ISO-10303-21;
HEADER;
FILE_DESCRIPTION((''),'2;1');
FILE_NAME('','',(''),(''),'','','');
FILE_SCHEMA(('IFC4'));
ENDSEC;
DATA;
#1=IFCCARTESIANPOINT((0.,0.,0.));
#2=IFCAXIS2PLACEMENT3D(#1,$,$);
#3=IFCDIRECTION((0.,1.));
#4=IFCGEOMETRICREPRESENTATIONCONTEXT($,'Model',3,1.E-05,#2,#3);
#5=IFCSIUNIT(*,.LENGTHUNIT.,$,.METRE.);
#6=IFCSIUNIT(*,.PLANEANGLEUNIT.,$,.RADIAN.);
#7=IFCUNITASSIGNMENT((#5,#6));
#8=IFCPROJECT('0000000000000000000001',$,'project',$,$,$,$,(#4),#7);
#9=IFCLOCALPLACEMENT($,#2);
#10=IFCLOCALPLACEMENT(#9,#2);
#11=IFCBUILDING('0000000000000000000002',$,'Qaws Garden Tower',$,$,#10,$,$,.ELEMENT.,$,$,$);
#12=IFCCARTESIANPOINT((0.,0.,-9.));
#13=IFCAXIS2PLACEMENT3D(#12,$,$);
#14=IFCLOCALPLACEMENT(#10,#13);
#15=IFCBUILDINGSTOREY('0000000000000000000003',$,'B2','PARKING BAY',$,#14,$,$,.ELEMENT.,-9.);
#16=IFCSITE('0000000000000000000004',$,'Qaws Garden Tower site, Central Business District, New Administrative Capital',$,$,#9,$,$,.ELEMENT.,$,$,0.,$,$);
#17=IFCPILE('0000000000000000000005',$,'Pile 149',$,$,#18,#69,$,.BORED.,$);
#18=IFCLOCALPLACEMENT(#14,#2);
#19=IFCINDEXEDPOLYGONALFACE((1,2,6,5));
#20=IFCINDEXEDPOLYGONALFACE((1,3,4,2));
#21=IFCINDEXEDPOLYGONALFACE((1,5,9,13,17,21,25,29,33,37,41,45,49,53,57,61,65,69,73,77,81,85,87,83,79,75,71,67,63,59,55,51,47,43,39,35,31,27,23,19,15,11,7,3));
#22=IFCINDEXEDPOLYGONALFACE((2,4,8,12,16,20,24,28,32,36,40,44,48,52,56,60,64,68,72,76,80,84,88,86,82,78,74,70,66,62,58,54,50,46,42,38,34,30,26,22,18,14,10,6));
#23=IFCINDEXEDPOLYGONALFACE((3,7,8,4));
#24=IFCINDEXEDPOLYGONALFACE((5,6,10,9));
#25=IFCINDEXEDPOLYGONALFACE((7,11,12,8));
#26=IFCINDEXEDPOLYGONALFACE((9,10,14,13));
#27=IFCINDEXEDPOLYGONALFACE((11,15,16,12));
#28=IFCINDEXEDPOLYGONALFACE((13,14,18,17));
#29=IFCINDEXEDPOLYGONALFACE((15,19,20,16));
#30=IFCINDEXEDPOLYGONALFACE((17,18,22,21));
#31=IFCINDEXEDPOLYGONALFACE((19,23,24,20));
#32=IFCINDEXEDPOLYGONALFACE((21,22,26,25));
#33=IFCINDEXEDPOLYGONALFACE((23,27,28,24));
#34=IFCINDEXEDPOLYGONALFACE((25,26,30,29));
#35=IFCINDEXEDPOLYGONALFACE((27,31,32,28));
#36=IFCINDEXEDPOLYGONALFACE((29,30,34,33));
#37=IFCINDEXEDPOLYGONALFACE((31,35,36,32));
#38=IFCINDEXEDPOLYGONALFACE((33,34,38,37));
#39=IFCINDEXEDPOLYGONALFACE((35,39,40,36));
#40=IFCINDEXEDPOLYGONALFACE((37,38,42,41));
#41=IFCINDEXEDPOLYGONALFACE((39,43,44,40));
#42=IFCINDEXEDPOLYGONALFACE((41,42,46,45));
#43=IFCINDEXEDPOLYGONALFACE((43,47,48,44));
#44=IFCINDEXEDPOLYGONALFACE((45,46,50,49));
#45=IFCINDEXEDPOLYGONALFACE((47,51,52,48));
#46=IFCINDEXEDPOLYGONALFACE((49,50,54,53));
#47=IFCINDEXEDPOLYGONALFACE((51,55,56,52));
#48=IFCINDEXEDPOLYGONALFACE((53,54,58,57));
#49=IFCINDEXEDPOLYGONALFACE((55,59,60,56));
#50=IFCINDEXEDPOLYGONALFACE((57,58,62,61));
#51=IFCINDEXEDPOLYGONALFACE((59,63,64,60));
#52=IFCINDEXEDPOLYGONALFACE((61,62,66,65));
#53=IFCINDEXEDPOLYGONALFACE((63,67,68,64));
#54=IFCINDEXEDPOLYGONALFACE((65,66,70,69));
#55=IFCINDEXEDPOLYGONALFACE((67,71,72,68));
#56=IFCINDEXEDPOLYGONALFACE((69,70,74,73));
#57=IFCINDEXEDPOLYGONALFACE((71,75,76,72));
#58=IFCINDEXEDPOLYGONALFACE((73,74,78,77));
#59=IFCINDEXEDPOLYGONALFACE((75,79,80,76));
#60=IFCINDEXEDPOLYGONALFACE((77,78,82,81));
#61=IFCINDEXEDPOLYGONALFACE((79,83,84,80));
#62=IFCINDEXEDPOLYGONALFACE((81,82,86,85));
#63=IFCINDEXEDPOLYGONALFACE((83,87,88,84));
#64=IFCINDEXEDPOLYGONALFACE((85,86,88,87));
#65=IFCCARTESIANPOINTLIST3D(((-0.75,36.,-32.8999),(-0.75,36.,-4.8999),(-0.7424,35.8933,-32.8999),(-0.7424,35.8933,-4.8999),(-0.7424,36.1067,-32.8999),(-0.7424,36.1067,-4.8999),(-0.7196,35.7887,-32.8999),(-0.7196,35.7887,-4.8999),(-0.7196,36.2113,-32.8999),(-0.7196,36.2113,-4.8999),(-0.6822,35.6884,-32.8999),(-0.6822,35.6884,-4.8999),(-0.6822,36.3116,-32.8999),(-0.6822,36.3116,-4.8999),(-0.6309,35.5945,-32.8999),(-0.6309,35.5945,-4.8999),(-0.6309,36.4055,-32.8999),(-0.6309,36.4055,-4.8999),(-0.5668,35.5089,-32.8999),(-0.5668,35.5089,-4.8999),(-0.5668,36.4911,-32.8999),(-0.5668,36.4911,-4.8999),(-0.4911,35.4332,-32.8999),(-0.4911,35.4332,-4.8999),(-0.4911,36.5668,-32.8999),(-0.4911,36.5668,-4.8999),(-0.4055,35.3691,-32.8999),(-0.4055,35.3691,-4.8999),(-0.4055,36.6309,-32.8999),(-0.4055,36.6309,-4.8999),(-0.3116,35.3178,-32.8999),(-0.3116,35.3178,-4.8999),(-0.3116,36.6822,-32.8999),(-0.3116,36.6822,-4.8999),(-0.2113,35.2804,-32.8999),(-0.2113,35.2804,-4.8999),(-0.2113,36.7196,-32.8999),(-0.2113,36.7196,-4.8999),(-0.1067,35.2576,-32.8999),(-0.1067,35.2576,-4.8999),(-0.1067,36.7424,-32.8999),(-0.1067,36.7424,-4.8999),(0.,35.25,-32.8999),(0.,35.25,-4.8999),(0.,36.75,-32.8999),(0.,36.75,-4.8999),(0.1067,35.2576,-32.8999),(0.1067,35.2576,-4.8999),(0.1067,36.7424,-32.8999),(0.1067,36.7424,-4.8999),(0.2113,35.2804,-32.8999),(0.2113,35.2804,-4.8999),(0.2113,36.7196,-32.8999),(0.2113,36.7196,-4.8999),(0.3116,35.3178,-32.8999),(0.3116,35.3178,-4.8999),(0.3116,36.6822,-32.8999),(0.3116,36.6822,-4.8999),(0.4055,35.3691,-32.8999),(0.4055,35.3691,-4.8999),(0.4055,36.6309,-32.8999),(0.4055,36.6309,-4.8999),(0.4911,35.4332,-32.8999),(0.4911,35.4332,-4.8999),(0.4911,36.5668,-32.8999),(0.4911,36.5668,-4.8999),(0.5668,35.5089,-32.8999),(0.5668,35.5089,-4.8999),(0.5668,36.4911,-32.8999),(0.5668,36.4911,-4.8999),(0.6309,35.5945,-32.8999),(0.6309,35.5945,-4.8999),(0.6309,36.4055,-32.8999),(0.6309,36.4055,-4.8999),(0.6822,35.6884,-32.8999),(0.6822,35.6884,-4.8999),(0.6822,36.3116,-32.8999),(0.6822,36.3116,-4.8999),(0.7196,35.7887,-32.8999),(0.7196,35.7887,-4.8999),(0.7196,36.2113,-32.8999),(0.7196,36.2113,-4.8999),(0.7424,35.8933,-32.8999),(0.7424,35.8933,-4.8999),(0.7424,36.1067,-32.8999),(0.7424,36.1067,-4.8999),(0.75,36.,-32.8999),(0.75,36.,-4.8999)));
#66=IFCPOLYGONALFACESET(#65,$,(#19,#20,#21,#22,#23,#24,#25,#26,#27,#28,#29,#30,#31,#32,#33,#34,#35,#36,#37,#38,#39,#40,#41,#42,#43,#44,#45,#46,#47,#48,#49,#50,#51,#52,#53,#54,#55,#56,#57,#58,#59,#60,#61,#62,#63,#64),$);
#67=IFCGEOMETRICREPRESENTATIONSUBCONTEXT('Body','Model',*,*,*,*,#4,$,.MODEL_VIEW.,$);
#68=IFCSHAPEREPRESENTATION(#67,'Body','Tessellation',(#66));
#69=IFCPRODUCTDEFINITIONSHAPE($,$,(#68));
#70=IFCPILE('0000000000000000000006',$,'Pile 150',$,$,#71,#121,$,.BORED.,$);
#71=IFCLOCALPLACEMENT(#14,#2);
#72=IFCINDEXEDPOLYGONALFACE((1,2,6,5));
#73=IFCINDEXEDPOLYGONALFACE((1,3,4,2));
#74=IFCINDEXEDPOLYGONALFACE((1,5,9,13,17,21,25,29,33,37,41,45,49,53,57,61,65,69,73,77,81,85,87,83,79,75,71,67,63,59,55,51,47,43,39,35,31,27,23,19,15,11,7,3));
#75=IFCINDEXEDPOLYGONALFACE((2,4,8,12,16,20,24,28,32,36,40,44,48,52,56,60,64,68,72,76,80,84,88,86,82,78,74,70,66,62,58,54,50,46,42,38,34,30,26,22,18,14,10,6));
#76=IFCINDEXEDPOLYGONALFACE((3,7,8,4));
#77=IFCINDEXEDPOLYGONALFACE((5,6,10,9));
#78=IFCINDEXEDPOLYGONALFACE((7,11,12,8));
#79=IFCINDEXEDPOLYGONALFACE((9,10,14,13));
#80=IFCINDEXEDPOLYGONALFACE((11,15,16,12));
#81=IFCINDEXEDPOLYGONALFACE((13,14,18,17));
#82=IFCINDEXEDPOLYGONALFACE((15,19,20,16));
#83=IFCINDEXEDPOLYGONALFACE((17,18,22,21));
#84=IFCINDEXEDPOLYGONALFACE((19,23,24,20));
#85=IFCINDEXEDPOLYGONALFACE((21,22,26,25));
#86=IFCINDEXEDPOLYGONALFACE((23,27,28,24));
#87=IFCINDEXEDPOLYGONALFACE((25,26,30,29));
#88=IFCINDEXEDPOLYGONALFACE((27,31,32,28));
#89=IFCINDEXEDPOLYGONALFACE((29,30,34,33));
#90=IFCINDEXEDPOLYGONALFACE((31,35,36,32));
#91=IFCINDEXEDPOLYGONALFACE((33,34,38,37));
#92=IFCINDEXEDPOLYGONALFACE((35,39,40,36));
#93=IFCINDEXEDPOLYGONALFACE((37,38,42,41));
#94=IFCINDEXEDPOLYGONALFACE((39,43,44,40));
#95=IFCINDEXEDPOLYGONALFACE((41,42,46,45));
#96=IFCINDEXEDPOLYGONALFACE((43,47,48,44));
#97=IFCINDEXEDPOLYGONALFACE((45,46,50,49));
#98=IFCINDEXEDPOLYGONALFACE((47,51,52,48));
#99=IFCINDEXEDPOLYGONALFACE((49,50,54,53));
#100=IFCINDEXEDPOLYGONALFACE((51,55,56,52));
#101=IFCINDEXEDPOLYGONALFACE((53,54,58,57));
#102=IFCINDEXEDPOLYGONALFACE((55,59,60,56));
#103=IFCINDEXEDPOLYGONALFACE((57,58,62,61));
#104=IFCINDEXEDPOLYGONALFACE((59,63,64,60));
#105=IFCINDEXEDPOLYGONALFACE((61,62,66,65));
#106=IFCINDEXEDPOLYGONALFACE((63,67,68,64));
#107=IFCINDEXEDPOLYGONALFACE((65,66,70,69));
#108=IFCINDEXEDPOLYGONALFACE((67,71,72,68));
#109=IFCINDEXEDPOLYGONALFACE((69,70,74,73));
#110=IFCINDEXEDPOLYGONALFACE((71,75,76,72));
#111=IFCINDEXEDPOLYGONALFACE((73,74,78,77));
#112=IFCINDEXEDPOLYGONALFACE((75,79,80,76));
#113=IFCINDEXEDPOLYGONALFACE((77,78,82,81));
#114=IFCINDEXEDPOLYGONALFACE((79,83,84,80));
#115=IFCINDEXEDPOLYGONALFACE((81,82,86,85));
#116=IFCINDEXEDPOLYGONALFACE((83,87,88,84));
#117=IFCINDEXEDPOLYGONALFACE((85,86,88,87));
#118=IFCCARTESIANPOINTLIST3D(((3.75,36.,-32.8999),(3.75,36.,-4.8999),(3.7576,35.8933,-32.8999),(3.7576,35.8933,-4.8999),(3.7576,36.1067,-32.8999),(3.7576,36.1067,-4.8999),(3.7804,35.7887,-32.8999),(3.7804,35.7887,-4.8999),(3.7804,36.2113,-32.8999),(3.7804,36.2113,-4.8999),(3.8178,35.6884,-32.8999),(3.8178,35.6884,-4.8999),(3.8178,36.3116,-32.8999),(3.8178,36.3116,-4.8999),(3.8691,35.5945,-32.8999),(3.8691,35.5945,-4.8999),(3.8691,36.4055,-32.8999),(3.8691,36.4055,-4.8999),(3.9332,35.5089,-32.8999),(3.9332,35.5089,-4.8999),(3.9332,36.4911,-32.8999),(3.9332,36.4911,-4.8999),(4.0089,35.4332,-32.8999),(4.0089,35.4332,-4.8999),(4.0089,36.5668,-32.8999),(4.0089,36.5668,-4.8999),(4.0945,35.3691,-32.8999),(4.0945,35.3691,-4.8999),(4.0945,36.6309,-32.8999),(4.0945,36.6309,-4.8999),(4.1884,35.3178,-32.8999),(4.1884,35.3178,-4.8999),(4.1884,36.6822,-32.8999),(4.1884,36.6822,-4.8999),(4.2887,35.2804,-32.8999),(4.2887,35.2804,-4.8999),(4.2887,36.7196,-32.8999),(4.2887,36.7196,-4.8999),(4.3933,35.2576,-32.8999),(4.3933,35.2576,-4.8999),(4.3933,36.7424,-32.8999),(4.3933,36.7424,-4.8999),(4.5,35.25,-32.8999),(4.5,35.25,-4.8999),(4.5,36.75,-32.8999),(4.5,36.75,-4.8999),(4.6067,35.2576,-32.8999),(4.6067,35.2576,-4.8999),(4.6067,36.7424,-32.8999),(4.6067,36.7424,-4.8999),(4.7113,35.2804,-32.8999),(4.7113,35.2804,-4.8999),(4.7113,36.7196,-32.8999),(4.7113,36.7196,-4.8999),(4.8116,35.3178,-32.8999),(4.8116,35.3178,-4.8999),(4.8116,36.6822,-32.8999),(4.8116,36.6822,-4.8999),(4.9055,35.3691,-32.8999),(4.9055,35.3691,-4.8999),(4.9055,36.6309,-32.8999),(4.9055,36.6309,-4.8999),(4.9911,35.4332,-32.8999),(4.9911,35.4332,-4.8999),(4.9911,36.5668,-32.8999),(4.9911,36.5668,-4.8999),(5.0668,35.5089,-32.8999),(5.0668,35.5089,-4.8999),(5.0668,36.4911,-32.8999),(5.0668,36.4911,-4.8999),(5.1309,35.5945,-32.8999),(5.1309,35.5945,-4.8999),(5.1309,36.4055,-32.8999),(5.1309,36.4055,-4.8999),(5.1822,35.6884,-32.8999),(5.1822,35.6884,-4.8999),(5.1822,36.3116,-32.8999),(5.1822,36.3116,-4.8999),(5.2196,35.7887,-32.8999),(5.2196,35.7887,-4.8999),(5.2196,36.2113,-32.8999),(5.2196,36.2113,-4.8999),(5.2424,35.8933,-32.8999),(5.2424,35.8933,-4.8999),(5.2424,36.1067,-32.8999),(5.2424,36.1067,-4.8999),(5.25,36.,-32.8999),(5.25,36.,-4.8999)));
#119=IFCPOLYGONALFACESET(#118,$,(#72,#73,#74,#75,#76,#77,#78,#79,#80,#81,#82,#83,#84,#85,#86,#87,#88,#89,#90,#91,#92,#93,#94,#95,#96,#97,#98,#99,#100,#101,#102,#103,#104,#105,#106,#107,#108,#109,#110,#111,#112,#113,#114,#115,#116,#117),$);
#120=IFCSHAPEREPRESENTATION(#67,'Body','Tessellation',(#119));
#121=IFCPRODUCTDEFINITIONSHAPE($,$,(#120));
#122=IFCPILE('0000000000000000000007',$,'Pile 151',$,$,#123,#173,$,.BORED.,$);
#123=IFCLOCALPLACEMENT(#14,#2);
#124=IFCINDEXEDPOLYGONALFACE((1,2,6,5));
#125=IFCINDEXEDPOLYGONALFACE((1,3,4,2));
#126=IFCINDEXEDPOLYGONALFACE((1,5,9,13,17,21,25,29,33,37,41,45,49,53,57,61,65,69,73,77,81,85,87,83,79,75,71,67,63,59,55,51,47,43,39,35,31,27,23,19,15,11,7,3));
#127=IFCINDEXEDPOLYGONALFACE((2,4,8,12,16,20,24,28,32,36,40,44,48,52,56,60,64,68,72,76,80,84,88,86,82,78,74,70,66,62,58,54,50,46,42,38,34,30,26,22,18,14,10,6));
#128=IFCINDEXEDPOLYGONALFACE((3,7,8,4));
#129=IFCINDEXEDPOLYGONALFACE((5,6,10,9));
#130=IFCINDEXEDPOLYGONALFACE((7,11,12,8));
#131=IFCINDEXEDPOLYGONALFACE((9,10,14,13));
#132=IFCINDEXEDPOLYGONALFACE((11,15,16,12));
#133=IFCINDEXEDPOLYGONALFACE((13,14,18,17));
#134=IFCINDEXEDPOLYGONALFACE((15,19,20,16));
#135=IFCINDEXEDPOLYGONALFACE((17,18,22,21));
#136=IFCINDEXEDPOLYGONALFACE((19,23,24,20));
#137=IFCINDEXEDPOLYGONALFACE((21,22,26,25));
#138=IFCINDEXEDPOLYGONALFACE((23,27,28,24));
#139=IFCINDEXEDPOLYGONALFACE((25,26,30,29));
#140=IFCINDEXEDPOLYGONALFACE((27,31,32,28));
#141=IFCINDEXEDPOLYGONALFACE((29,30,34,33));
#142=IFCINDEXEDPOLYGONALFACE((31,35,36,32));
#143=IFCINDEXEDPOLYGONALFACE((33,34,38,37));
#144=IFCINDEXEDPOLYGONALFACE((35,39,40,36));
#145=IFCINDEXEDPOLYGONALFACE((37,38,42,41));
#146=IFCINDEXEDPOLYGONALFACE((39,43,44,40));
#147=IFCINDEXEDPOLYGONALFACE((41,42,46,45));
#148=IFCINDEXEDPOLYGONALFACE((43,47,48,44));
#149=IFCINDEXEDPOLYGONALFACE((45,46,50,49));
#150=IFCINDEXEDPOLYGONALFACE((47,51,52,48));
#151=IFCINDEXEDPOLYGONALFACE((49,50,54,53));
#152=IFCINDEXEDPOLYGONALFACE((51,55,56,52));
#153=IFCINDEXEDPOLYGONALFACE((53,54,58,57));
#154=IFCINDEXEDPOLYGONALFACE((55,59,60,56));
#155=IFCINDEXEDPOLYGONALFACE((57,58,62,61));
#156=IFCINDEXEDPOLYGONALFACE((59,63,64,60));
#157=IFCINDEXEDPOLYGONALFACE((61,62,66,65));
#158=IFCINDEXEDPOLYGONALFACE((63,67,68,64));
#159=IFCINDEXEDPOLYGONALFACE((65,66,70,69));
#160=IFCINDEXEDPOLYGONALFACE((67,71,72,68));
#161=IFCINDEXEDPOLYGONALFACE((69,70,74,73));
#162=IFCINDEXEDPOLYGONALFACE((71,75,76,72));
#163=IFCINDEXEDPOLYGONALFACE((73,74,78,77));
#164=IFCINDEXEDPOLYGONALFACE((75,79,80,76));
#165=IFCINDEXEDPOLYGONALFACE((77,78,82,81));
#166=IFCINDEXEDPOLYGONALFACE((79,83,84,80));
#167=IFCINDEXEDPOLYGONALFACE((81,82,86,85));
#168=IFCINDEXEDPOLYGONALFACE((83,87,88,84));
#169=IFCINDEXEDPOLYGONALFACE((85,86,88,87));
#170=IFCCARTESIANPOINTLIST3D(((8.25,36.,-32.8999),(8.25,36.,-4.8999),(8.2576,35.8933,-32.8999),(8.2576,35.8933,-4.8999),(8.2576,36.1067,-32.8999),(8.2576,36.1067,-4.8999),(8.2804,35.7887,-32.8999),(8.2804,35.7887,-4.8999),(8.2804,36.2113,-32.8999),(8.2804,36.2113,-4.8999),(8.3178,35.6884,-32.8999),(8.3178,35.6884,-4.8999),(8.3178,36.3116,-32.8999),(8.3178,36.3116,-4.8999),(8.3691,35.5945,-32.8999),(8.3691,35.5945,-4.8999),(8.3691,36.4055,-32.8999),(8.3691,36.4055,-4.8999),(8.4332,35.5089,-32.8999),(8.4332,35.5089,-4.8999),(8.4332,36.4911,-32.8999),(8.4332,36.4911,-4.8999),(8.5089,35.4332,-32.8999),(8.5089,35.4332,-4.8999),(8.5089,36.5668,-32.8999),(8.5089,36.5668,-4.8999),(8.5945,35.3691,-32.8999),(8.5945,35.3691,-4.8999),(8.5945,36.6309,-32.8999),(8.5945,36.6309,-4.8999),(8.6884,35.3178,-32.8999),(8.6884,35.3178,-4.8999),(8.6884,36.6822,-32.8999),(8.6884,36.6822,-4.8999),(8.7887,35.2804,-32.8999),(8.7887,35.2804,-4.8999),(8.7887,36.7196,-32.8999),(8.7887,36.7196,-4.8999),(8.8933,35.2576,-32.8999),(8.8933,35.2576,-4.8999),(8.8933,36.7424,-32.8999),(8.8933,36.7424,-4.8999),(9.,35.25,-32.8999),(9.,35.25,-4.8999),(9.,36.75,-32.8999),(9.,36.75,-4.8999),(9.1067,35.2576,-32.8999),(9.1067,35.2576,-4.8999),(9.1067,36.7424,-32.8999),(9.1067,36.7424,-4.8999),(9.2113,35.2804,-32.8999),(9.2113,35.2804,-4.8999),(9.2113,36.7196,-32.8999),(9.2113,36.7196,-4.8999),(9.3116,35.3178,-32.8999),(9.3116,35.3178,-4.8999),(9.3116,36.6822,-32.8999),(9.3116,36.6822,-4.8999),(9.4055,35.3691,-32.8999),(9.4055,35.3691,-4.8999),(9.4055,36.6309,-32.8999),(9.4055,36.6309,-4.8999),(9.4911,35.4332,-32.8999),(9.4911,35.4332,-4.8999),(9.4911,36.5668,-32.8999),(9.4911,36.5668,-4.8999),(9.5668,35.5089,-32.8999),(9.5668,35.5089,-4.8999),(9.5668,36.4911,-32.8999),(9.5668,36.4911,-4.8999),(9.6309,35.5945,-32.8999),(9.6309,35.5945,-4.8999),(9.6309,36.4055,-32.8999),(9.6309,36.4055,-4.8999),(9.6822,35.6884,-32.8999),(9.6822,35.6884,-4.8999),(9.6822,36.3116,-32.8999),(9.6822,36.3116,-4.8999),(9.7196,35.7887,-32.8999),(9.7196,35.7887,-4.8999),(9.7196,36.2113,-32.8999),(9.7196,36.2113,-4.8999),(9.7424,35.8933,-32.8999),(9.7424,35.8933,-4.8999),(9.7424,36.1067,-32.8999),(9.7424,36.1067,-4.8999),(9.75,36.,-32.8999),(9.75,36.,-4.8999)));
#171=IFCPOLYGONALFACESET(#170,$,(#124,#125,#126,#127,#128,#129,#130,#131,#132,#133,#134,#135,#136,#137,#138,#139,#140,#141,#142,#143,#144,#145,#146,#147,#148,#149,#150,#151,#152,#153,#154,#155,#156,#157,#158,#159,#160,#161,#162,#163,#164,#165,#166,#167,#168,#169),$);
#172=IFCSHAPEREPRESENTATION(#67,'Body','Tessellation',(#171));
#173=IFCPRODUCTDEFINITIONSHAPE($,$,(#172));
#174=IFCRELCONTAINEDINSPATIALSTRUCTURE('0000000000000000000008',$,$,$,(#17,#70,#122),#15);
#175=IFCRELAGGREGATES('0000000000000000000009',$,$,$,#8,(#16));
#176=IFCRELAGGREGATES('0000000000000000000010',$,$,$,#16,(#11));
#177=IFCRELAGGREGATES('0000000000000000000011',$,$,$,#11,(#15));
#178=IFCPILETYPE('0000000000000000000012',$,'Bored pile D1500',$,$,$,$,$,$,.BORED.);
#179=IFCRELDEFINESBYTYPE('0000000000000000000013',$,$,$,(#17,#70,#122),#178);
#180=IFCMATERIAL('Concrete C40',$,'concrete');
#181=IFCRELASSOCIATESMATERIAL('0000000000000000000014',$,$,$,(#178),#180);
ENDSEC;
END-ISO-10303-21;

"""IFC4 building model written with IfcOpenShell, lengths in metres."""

from ifc_helpers import new_model, si_unit, direction, frame, origin, origin_2d, place, context, subcontext, project, spatial, circle, extrude, material, material_profile, profile_set, type_object, element, save


model = new_model("IFC4")

# Units and contexts
model_context = context("Model", 3, precision=1e-05, world=origin(), true_north=direction((0.0, 1.0)))
body_context = subcontext(model_context, "Body", "Model", "MODEL_VIEW")
ifc_project = project(units=[si_unit("LENGTHUNIT", "METRE"), si_unit("PLANEANGLEUNIT", "RADIAN")], contexts=[model_context])

# Site, building, storey
site_placement = place(None, origin())
site = spatial("IfcSite", under=ifc_project, at=site_placement, Name="Qaws Garden Tower site, Central Business District, New Administrative Capital", CompositionType="ELEMENT", RefElevation=0.0)
building_placement = place(site_placement, origin())
building = spatial("IfcBuilding", under=site, at=building_placement, Name="Qaws Garden Tower", CompositionType="ELEMENT")
storey_placement = place(building_placement, frame((0.0, 0.0, -9.0)))
storey = spatial("IfcBuildingStorey", under=building, at=storey_placement, Name="B2", Description="PARKING BAY", CompositionType="ELEMENT", Elevation=-9.0)

# Piles
ifc_material_1 = material(Name="Concrete C40", Category="concrete")
ifc_material_profile_1 = material_profile(ifc_material_1, circle(Radius=0.75, at=origin_2d()), Name="Bored pile D1500")
ifc_profile_set_1 = profile_set([ifc_material_profile_1], Name="Concrete C40")
pile_type = type_object("IfcPileType", Name="Bored pile D1500", PredefinedType="BORED", material=ifc_profile_set_1)
for number, where, z_axis, x_axis, name in (
    (1, (0.0, 36.0, -4.8999), (0.0, 0.0, -1.0), (1.0, 0.0, 0.0), "Pile 149"),
    (2, (4.5, 36.0, -4.8999), (0.0, 0.0, -1.0), (1.0, 0.0, 0.0), "Pile 150"),
    (3, (9.0, 36.0, -4.8999), (0.0, 0.0, -1.0), (1.0, 0.0, 0.0), "Pile 151"),
):
    element("IfcPile", number, at=place(storey_placement, frame(where, z_axis=z_axis, x_axis=x_axis)), inside=storey, type_object=pile_type, Name=name, PredefinedType="BORED", context=body_context, shape_type="SweptSolid", body=[
        extrude(circle(Radius=0.75, at=origin_2d()), origin(), (0.0, 0.0, 1.0), 28.0),
    ])

save(model, "model.ifc")
